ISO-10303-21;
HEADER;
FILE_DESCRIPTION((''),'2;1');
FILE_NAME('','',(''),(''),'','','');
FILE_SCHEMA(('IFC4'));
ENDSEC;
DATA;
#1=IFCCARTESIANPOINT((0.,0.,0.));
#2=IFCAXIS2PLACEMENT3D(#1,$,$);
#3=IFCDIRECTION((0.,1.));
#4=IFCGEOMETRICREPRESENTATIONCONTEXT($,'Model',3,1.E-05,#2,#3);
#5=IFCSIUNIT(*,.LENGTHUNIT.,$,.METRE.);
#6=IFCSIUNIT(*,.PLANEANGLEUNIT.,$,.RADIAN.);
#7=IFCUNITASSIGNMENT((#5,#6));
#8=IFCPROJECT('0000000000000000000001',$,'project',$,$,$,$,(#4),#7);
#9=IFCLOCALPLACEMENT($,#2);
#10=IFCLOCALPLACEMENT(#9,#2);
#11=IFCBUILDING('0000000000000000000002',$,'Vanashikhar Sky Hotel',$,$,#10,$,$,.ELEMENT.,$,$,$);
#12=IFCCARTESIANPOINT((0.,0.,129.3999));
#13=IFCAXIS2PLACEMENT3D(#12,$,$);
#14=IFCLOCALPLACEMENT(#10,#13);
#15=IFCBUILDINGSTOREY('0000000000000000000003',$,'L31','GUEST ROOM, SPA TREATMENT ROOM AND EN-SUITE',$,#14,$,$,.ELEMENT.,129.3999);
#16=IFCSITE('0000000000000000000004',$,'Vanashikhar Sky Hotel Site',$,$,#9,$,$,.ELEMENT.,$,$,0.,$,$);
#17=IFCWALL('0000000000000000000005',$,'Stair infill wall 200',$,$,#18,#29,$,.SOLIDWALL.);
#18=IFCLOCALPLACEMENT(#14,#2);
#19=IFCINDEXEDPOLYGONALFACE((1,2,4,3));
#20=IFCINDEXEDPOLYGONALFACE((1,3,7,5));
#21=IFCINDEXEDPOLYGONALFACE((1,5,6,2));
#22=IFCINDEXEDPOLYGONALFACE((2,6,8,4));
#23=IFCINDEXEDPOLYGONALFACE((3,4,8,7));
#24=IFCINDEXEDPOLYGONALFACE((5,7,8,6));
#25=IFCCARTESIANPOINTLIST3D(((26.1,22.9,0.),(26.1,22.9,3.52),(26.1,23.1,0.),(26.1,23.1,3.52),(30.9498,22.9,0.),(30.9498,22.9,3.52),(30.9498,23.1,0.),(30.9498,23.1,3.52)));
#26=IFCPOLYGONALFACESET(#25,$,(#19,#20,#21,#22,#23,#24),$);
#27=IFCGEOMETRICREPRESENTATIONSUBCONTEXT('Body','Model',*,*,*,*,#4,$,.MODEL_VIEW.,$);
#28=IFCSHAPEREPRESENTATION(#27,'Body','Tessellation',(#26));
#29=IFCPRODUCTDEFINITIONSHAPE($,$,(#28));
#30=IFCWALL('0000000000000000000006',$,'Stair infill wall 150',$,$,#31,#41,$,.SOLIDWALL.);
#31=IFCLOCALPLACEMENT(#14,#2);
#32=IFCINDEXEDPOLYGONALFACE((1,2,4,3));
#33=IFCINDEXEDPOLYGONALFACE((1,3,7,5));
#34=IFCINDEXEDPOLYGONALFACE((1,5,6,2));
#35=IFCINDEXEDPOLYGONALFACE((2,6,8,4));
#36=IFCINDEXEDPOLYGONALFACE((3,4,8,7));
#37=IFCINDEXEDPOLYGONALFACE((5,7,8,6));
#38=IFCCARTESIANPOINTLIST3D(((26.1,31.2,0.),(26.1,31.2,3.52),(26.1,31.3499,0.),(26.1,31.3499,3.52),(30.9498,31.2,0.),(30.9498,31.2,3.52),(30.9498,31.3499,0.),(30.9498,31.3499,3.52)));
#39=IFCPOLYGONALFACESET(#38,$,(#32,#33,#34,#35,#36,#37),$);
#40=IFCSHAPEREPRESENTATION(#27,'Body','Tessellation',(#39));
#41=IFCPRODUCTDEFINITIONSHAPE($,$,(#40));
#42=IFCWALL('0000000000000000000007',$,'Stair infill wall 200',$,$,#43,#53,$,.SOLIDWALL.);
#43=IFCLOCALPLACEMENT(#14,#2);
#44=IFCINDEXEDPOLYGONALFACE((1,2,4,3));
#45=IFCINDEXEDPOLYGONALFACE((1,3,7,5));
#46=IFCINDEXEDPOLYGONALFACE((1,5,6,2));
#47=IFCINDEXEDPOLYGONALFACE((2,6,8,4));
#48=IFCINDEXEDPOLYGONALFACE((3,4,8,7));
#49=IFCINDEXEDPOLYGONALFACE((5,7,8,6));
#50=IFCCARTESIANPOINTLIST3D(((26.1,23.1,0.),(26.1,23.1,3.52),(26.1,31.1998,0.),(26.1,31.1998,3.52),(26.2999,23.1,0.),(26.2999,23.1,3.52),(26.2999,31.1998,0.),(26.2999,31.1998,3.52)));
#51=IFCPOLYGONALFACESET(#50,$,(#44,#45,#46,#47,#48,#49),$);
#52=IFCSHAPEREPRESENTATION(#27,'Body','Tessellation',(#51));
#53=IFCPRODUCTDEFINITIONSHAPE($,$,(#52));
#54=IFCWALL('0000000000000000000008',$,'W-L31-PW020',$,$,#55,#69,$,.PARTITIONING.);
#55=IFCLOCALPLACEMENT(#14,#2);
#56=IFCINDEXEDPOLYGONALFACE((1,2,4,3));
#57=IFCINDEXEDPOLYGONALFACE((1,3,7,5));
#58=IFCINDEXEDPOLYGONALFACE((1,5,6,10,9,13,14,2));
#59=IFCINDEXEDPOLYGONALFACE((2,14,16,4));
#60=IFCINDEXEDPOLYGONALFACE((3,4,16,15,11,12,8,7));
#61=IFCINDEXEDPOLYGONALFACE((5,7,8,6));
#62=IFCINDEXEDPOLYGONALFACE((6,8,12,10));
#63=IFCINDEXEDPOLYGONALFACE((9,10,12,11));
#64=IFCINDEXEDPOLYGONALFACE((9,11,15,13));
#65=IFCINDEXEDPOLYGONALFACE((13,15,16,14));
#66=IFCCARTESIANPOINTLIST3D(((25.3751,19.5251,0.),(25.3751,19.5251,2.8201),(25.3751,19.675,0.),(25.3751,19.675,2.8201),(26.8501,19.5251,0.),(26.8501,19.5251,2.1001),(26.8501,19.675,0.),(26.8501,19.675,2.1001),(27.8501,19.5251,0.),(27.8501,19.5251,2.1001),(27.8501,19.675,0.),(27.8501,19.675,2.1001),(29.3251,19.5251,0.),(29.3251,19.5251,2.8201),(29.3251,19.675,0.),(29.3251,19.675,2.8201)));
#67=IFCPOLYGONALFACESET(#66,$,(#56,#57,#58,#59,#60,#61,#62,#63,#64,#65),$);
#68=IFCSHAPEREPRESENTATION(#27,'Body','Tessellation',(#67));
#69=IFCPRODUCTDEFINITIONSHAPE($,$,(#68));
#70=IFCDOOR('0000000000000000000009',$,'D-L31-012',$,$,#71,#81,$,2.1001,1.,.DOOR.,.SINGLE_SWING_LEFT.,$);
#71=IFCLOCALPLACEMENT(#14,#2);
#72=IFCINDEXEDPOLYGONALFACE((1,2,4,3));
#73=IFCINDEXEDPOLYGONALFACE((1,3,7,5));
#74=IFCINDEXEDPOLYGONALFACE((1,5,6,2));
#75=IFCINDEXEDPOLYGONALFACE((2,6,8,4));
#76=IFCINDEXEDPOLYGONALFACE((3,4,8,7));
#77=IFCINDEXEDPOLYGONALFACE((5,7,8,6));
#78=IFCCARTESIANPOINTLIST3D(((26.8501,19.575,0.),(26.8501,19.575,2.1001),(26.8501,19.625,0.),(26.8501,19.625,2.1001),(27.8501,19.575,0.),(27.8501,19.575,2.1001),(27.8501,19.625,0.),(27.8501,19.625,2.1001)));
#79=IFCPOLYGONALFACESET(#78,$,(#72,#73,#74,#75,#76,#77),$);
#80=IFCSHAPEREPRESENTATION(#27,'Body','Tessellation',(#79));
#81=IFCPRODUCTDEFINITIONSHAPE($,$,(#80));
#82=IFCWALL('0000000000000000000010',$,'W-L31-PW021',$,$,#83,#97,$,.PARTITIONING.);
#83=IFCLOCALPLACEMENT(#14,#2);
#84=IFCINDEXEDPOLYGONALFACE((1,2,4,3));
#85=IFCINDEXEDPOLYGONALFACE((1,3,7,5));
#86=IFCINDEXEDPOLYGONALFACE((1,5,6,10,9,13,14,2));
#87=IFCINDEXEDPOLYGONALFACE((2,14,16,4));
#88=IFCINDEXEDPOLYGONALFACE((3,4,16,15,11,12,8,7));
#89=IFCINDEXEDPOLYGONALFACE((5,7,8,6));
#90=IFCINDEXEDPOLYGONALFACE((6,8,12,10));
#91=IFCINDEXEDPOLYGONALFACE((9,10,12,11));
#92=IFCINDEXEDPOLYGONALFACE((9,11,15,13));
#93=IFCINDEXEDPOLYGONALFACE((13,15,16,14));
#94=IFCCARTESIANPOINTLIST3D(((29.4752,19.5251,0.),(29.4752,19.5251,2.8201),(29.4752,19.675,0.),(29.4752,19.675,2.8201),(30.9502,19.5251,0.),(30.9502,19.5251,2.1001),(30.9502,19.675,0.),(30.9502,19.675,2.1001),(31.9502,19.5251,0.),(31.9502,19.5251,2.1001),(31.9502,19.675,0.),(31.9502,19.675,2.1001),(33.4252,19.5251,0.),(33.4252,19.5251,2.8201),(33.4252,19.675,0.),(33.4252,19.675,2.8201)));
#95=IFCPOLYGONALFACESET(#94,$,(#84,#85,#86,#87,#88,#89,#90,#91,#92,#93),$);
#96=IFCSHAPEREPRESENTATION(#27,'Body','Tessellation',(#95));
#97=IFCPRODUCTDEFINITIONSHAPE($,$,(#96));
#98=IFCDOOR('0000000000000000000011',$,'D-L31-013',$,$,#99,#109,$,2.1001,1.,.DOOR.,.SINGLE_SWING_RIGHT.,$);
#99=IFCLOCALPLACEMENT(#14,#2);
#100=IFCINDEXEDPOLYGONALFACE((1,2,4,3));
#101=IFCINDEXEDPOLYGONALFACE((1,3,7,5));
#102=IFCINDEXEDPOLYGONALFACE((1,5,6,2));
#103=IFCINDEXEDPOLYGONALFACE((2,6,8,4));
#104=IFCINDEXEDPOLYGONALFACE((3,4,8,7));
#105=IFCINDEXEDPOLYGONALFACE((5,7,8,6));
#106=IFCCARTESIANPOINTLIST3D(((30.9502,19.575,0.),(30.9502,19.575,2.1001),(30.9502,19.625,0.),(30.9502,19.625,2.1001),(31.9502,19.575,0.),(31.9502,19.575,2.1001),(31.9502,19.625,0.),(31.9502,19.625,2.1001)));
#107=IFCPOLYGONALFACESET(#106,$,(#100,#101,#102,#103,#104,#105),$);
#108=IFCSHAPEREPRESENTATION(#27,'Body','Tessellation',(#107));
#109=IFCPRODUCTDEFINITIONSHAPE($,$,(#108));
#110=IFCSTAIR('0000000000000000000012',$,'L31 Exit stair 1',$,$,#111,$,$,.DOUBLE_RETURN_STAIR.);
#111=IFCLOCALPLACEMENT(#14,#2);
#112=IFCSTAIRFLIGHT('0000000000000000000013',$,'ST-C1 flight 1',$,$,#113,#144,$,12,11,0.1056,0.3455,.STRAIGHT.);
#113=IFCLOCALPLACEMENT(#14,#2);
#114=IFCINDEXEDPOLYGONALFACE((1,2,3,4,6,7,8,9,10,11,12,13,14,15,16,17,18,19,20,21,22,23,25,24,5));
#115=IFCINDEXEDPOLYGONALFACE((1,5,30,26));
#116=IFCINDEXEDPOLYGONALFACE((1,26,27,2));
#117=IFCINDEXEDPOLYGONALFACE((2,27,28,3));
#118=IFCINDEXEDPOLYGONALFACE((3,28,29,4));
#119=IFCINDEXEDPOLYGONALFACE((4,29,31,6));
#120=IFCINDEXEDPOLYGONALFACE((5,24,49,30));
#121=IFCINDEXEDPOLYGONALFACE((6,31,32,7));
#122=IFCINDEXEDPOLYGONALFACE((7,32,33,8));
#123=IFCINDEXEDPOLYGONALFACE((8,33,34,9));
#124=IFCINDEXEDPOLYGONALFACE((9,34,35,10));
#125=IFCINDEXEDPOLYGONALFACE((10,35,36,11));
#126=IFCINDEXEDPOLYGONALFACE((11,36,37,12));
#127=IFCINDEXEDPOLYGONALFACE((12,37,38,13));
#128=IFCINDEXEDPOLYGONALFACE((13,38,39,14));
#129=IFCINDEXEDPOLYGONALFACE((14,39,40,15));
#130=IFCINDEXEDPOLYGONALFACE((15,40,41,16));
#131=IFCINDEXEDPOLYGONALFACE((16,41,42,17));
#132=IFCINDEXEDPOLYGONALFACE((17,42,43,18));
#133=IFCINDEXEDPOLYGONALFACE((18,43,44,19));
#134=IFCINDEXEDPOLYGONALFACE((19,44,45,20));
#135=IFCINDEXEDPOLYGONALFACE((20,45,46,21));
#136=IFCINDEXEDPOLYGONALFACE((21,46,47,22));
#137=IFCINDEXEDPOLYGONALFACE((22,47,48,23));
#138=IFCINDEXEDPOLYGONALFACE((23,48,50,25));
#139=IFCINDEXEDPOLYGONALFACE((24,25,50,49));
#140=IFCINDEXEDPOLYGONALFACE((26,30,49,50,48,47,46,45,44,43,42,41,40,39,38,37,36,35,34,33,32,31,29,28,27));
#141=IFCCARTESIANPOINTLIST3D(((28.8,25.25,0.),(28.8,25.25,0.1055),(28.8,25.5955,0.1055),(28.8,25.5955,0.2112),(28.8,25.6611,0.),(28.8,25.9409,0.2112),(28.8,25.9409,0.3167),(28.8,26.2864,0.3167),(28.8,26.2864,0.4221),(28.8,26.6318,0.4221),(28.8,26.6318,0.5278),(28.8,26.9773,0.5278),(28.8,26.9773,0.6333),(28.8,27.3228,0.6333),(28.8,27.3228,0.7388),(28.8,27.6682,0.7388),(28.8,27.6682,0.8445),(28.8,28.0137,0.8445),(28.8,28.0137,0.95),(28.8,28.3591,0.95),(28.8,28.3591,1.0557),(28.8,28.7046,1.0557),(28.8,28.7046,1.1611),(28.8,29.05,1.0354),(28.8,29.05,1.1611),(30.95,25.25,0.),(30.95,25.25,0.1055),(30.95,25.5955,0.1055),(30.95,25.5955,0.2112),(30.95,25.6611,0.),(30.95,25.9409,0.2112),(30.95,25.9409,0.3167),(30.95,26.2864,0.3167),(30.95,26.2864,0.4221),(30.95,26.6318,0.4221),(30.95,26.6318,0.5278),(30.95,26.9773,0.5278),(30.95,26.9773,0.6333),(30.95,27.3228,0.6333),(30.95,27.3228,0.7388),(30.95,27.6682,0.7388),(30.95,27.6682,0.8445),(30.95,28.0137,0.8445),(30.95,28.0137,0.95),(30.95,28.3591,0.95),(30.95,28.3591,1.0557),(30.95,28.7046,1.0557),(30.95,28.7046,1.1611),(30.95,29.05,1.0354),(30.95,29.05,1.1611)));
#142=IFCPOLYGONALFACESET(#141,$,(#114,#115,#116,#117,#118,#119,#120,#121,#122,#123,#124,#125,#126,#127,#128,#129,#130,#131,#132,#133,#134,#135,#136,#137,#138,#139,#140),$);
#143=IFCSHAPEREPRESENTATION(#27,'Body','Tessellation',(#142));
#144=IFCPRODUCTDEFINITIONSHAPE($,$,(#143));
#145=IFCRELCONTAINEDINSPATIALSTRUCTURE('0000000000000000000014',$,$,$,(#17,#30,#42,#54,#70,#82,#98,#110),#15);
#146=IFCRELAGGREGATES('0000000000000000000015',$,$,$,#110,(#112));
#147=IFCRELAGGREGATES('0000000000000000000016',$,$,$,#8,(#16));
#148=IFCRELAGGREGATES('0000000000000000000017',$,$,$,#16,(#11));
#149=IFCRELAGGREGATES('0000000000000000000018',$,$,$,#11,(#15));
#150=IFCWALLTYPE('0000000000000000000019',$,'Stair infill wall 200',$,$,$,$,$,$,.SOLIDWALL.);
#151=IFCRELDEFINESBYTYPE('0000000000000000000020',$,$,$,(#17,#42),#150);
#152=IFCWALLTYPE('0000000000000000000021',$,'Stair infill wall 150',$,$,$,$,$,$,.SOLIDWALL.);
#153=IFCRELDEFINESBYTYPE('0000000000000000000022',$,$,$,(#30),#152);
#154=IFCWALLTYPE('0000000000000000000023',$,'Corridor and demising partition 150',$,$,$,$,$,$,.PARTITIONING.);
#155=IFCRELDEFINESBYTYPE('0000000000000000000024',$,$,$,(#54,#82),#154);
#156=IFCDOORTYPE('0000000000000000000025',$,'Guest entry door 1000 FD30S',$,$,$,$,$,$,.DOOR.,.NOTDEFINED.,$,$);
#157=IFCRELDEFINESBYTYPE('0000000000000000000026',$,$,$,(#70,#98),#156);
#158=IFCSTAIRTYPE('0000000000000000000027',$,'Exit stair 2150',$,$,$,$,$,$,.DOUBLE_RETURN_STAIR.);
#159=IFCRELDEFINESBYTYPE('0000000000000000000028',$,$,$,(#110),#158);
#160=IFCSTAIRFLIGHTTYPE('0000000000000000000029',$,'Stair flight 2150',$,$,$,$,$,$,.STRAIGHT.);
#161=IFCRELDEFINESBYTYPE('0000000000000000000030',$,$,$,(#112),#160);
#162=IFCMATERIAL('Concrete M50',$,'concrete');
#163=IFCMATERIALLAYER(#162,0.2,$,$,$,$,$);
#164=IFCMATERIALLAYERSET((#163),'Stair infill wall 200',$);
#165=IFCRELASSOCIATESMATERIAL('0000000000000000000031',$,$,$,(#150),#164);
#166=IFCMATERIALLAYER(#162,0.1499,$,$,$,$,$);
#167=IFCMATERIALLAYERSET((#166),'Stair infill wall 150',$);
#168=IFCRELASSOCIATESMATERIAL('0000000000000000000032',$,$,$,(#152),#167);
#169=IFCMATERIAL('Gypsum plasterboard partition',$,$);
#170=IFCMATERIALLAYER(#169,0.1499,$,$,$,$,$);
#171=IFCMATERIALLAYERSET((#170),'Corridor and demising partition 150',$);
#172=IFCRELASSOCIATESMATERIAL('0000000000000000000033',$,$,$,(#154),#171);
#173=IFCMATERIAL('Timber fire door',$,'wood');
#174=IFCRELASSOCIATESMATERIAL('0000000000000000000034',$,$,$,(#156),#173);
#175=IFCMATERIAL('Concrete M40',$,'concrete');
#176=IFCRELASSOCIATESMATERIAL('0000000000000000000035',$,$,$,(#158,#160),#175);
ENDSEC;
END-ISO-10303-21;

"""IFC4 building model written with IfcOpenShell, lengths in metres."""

from ifc_helpers import new_model, si_unit, direction, frame, frame_2d, origin, place, context, subcontext, project, spatial, polyline, rectangle, outline, extrude, source, transform, mapped, material, layer, layer_set, type_object, element, fill, aggregate, save


model = new_model("IFC4")

# Units and contexts
model_context = context("Model", 3, precision=1e-05, world=origin(), true_north=direction((0.0, 1.0)))
body_context = subcontext(model_context, "Body", "Model", "MODEL_VIEW")
ifc_project = project(units=[si_unit("LENGTHUNIT", "METRE"), si_unit("PLANEANGLEUNIT", "RADIAN")], contexts=[model_context])

# Site, building, storey
site_placement = place(None, origin())
site = spatial("IfcSite", under=ifc_project, at=site_placement, Name="Vanashikhar Sky Hotel Site", CompositionType="ELEMENT", RefElevation=0.0)
building_placement = place(site_placement, origin())
building = spatial("IfcBuilding", under=site, at=building_placement, Name="Vanashikhar Sky Hotel", CompositionType="ELEMENT")
storey_placement = place(building_placement, frame((0.0, 0.0, 129.3999)))
storey = spatial("IfcBuildingStorey", under=building, at=storey_placement, Name="L31", Description="GUEST ROOM, SPA TREATMENT ROOM AND EN-SUITE", CompositionType="ELEMENT", Elevation=129.3999)

# Walls
ifc_material_1 = material(Name="Concrete M50", Category="concrete")
ifc_layer_1 = layer(ifc_material_1, 0.2)
ifc_layer_set_1 = layer_set([ifc_layer_1], Name="Stair infill wall 200")
wall_type_1 = type_object("IfcWallType", Name="Stair infill wall 200", PredefinedType="SOLIDWALL", material=ifc_layer_set_1)
shared_shape_1 = source(origin(), body_context, "Body", "SweptSolid", [
    extrude(rectangle(XDim=4.8499, YDim=0.2, at=frame_2d((2.4248, 0.0))), origin(), (0.0, 0.0, 1.0), 3.52),
])
wall_1_placement = place(storey_placement, frame((26.1001, 23.0, 0.0), z_axis=(0.0, 0.0, 1.0), x_axis=(1.0, 0.0, 0.0)))
element("IfcWall", 1, at=wall_1_placement, inside=storey, type_object=wall_type_1, Name="Stair infill wall 200", PredefinedType="SOLIDWALL", context=body_context, shape_type="MappedRepresentation", body=[
    mapped(shared_shape_1, transform((0.0, 0.0, 0.0), scale=1.0)),
])
ifc_layer_2 = layer(ifc_material_1, 0.1499)
ifc_layer_set_2 = layer_set([ifc_layer_2], Name="Stair infill wall 150")
wall_type_2 = type_object("IfcWallType", Name="Stair infill wall 150", PredefinedType="SOLIDWALL", material=ifc_layer_set_2)
shared_shape_2 = source(origin(), body_context, "Body", "SweptSolid", [
    extrude(rectangle(XDim=4.8499, YDim=0.1499, at=frame_2d((2.4248, 0.0))), origin(), (0.0, 0.0, 1.0), 3.52),
])
wall_2_placement = place(storey_placement, frame((26.1001, 31.2749, 0.0), z_axis=(0.0, 0.0, 1.0), x_axis=(1.0, 0.0, 0.0)))
element("IfcWall", 2, at=wall_2_placement, inside=storey, type_object=wall_type_2, Name="Stair infill wall 150", PredefinedType="SOLIDWALL", context=body_context, shape_type="MappedRepresentation", body=[
    mapped(shared_shape_2, transform((0.0, 0.0, 0.0), scale=1.0)),
])
shared_shape_3 = source(origin(), body_context, "Body", "SweptSolid", [
    extrude(rectangle(XDim=8.0999, YDim=0.2, at=frame_2d((4.0498, 0.0))), origin(), (0.0, 0.0, 1.0), 3.52),
])
wall_3_placement = place(storey_placement, frame((26.2, 23.1001, 0.0), z_axis=(0.0, 0.0, 1.0), x_axis=(0.0, 1.0, 0.0)))
element("IfcWall", 3, at=wall_3_placement, inside=storey, type_object=wall_type_1, Name="Stair infill wall 200", PredefinedType="SOLIDWALL", context=body_context, shape_type="MappedRepresentation", body=[
    mapped(shared_shape_3, transform((0.0, 0.0, 0.0), scale=1.0)),
])

# Walls, openings, doors
ifc_material_2 = material(Name="Gypsum plasterboard partition")
ifc_layer_3 = layer(ifc_material_2, 0.1499)
ifc_layer_set_3 = layer_set([ifc_layer_3], Name="Corridor and demising partition 150")
wall_type_3 = type_object("IfcWallType", Name="Corridor and demising partition 150", PredefinedType="PARTITIONING", material=ifc_layer_set_3)
shared_shape_4 = source(origin(), body_context, "Body", "SweptSolid", [
    extrude(rectangle(XDim=3.95, YDim=0.1499, at=frame_2d((1.9751, 0.0))), origin(), (0.0, 0.0, 1.0), 2.8201),
])
wall_4_placement = place(storey_placement, frame((25.375, 19.6001, 0.0), z_axis=(0.0, 0.0, 1.0), x_axis=(1.0, 0.0, 0.0)))
wall_4 = element("IfcWall", 4, at=wall_4_placement, inside=storey, type_object=wall_type_3, Name="W-L31-PW020", PredefinedType="PARTITIONING", context=body_context, shape_type="MappedRepresentation", body=[
    mapped(shared_shape_4, transform((0.0, 0.0, 0.0), scale=1.0)),
])
shared_shape_5 = source(origin(), body_context, "Body", "SweptSolid", [
    extrude(rectangle(XDim=1.0, YDim=2.1001, at=frame_2d((0.5, 1.05))), frame((0.0, 0.085, 0.0), z_axis=(0.0, -1.0, 0.0), x_axis=(1.0, 0.0, 0.0)), (0.0, 0.0, 1.0), 0.1699),
])
opening_1_placement = place(wall_4_placement, frame((1.4751, 0.0, 0.0)))
opening_1 = element("IfcOpeningElement", 5, at=opening_1_placement, cuts=wall_4, PredefinedType="OPENING", context=body_context, shape_type="MappedRepresentation", body=[
    mapped(shared_shape_5, transform((0.0, 0.0, 0.0), scale=1.0)),
])
ifc_material_3 = material(Name="Timber fire door", Category="wood")
door_type_1 = type_object("IfcDoorType", Name="Guest entry door 1000 FD30S", OperationType="NOTDEFINED", PredefinedType="DOOR", material=ifc_material_3)
shared_shape_6 = source(origin(), body_context, "Body", "SweptSolid", [
    extrude(rectangle(XDim=1.0, YDim=2.1001, at=frame_2d((0.5, 1.05))), frame((0.0, 0.0249, 0.0), z_axis=(0.0, -1.0, 0.0), x_axis=(1.0, 0.0, 0.0)), (0.0, 0.0, 1.0), 0.05),
])
door_1_placement = place(opening_1_placement, origin())
door_1 = element("IfcDoor", 6, at=door_1_placement, inside=storey, type_object=door_type_1, Name="D-L31-012", OperationType="SINGLE_SWING_LEFT", OverallHeight=2.1001, OverallWidth=1.0, PredefinedType="DOOR", context=body_context, shape_type="MappedRepresentation", body=[
    mapped(shared_shape_6, transform((0.0, 0.0, 0.0), scale=1.0)),
])
fill(opening_1, door_1)
wall_5_placement = place(storey_placement, frame((29.4751, 19.6001, 0.0), z_axis=(0.0, 0.0, 1.0), x_axis=(1.0, 0.0, 0.0)))
wall_5 = element("IfcWall", 7, at=wall_5_placement, inside=storey, type_object=wall_type_3, Name="W-L31-PW021", PredefinedType="PARTITIONING", context=body_context, shape_type="MappedRepresentation", body=[
    mapped(shared_shape_4, transform((0.0, 0.0, 0.0), scale=1.0)),
])
opening_2_placement = place(wall_5_placement, frame((1.4751, 0.0, 0.0)))
opening_2 = element("IfcOpeningElement", 8, at=opening_2_placement, cuts=wall_5, PredefinedType="OPENING", context=body_context, shape_type="MappedRepresentation", body=[
    mapped(shared_shape_5, transform((0.0, 0.0, 0.0), scale=1.0)),
])
door_2_placement = place(opening_2_placement, origin())
door_2 = element("IfcDoor", 9, at=door_2_placement, inside=storey, type_object=door_type_1, Name="D-L31-013", OperationType="SINGLE_SWING_RIGHT", OverallHeight=2.1001, OverallWidth=1.0, PredefinedType="DOOR", context=body_context, shape_type="MappedRepresentation", body=[
    mapped(shared_shape_6, transform((0.0, 0.0, 0.0), scale=1.0)),
])
fill(opening_2, door_2)

# Stair, stair flight
ifc_material_4 = material(Name="Concrete M40", Category="concrete")
stair_type = type_object("IfcStairType", Name="Exit stair 2150", PredefinedType="DOUBLE_RETURN_STAIR", material=ifc_material_4)
stair_placement = place(storey_placement, origin())
stair = element("IfcStair", 10, at=stair_placement, inside=storey, type_object=stair_type, Name="L31 Exit stair 1", PredefinedType="DOUBLE_RETURN_STAIR")
stair_flight_type = type_object("IfcStairFlightType", Name="Stair flight 2150", PredefinedType="STRAIGHT", material=ifc_material_4)
shared_shape_7 = source(origin(), body_context, "Body", "SweptSolid", [
    extrude(outline(polyline([(0.0, 0.0), (0.0, 0.1055), (0.3455, 0.1055), (0.3455, 0.2112), (0.6909, 0.2112), (0.6909, 0.3167), (1.0364, 0.3167), (1.0364, 0.4221), (1.3818, 0.4221), (1.3818, 0.5278), (1.7273, 0.5278), (1.7273, 0.6333), (2.0728, 0.6333), (2.0728, 0.7388), (2.4182, 0.7388), (2.4182, 0.8445), (2.7637, 0.8445), (2.7637, 0.95), (3.1091, 0.95), (3.1091, 1.0557), (3.4546, 1.0557), (3.4546, 1.1611), (3.8, 1.1611), (3.8, 1.2666), (3.8, 1.0354), (0.4111, 0.0), (0.0, 0.0)])), frame((0.0, 1.075, 0.0), z_axis=(0.0, -1.0, 0.0), x_axis=(1.0, 0.0, 0.0)), (0.0, 0.0, 1.0), 2.1499),
])
stair_flight_1_placement = place(storey_placement, frame((29.875, 25.25, 0.0), z_axis=(0.0, 0.0, 1.0), x_axis=(0.0, 1.0, 0.0)))
stair_flight_1 = element("IfcStairFlight", 11, at=stair_flight_1_placement, type_object=stair_flight_type, Name="ST-C1 flight 1", NumberOfRisers=12, NumberOfTreads=11, PredefinedType="STRAIGHT", RiserHeight=0.1056, TreadLength=0.3455, context=body_context, shape_type="MappedRepresentation", body=[
    mapped(shared_shape_7, transform((0.0, 0.0, 0.0), scale=1.0)),
])
aggregate(stair, [stair_flight_1])

save(model, "model.ifc")
